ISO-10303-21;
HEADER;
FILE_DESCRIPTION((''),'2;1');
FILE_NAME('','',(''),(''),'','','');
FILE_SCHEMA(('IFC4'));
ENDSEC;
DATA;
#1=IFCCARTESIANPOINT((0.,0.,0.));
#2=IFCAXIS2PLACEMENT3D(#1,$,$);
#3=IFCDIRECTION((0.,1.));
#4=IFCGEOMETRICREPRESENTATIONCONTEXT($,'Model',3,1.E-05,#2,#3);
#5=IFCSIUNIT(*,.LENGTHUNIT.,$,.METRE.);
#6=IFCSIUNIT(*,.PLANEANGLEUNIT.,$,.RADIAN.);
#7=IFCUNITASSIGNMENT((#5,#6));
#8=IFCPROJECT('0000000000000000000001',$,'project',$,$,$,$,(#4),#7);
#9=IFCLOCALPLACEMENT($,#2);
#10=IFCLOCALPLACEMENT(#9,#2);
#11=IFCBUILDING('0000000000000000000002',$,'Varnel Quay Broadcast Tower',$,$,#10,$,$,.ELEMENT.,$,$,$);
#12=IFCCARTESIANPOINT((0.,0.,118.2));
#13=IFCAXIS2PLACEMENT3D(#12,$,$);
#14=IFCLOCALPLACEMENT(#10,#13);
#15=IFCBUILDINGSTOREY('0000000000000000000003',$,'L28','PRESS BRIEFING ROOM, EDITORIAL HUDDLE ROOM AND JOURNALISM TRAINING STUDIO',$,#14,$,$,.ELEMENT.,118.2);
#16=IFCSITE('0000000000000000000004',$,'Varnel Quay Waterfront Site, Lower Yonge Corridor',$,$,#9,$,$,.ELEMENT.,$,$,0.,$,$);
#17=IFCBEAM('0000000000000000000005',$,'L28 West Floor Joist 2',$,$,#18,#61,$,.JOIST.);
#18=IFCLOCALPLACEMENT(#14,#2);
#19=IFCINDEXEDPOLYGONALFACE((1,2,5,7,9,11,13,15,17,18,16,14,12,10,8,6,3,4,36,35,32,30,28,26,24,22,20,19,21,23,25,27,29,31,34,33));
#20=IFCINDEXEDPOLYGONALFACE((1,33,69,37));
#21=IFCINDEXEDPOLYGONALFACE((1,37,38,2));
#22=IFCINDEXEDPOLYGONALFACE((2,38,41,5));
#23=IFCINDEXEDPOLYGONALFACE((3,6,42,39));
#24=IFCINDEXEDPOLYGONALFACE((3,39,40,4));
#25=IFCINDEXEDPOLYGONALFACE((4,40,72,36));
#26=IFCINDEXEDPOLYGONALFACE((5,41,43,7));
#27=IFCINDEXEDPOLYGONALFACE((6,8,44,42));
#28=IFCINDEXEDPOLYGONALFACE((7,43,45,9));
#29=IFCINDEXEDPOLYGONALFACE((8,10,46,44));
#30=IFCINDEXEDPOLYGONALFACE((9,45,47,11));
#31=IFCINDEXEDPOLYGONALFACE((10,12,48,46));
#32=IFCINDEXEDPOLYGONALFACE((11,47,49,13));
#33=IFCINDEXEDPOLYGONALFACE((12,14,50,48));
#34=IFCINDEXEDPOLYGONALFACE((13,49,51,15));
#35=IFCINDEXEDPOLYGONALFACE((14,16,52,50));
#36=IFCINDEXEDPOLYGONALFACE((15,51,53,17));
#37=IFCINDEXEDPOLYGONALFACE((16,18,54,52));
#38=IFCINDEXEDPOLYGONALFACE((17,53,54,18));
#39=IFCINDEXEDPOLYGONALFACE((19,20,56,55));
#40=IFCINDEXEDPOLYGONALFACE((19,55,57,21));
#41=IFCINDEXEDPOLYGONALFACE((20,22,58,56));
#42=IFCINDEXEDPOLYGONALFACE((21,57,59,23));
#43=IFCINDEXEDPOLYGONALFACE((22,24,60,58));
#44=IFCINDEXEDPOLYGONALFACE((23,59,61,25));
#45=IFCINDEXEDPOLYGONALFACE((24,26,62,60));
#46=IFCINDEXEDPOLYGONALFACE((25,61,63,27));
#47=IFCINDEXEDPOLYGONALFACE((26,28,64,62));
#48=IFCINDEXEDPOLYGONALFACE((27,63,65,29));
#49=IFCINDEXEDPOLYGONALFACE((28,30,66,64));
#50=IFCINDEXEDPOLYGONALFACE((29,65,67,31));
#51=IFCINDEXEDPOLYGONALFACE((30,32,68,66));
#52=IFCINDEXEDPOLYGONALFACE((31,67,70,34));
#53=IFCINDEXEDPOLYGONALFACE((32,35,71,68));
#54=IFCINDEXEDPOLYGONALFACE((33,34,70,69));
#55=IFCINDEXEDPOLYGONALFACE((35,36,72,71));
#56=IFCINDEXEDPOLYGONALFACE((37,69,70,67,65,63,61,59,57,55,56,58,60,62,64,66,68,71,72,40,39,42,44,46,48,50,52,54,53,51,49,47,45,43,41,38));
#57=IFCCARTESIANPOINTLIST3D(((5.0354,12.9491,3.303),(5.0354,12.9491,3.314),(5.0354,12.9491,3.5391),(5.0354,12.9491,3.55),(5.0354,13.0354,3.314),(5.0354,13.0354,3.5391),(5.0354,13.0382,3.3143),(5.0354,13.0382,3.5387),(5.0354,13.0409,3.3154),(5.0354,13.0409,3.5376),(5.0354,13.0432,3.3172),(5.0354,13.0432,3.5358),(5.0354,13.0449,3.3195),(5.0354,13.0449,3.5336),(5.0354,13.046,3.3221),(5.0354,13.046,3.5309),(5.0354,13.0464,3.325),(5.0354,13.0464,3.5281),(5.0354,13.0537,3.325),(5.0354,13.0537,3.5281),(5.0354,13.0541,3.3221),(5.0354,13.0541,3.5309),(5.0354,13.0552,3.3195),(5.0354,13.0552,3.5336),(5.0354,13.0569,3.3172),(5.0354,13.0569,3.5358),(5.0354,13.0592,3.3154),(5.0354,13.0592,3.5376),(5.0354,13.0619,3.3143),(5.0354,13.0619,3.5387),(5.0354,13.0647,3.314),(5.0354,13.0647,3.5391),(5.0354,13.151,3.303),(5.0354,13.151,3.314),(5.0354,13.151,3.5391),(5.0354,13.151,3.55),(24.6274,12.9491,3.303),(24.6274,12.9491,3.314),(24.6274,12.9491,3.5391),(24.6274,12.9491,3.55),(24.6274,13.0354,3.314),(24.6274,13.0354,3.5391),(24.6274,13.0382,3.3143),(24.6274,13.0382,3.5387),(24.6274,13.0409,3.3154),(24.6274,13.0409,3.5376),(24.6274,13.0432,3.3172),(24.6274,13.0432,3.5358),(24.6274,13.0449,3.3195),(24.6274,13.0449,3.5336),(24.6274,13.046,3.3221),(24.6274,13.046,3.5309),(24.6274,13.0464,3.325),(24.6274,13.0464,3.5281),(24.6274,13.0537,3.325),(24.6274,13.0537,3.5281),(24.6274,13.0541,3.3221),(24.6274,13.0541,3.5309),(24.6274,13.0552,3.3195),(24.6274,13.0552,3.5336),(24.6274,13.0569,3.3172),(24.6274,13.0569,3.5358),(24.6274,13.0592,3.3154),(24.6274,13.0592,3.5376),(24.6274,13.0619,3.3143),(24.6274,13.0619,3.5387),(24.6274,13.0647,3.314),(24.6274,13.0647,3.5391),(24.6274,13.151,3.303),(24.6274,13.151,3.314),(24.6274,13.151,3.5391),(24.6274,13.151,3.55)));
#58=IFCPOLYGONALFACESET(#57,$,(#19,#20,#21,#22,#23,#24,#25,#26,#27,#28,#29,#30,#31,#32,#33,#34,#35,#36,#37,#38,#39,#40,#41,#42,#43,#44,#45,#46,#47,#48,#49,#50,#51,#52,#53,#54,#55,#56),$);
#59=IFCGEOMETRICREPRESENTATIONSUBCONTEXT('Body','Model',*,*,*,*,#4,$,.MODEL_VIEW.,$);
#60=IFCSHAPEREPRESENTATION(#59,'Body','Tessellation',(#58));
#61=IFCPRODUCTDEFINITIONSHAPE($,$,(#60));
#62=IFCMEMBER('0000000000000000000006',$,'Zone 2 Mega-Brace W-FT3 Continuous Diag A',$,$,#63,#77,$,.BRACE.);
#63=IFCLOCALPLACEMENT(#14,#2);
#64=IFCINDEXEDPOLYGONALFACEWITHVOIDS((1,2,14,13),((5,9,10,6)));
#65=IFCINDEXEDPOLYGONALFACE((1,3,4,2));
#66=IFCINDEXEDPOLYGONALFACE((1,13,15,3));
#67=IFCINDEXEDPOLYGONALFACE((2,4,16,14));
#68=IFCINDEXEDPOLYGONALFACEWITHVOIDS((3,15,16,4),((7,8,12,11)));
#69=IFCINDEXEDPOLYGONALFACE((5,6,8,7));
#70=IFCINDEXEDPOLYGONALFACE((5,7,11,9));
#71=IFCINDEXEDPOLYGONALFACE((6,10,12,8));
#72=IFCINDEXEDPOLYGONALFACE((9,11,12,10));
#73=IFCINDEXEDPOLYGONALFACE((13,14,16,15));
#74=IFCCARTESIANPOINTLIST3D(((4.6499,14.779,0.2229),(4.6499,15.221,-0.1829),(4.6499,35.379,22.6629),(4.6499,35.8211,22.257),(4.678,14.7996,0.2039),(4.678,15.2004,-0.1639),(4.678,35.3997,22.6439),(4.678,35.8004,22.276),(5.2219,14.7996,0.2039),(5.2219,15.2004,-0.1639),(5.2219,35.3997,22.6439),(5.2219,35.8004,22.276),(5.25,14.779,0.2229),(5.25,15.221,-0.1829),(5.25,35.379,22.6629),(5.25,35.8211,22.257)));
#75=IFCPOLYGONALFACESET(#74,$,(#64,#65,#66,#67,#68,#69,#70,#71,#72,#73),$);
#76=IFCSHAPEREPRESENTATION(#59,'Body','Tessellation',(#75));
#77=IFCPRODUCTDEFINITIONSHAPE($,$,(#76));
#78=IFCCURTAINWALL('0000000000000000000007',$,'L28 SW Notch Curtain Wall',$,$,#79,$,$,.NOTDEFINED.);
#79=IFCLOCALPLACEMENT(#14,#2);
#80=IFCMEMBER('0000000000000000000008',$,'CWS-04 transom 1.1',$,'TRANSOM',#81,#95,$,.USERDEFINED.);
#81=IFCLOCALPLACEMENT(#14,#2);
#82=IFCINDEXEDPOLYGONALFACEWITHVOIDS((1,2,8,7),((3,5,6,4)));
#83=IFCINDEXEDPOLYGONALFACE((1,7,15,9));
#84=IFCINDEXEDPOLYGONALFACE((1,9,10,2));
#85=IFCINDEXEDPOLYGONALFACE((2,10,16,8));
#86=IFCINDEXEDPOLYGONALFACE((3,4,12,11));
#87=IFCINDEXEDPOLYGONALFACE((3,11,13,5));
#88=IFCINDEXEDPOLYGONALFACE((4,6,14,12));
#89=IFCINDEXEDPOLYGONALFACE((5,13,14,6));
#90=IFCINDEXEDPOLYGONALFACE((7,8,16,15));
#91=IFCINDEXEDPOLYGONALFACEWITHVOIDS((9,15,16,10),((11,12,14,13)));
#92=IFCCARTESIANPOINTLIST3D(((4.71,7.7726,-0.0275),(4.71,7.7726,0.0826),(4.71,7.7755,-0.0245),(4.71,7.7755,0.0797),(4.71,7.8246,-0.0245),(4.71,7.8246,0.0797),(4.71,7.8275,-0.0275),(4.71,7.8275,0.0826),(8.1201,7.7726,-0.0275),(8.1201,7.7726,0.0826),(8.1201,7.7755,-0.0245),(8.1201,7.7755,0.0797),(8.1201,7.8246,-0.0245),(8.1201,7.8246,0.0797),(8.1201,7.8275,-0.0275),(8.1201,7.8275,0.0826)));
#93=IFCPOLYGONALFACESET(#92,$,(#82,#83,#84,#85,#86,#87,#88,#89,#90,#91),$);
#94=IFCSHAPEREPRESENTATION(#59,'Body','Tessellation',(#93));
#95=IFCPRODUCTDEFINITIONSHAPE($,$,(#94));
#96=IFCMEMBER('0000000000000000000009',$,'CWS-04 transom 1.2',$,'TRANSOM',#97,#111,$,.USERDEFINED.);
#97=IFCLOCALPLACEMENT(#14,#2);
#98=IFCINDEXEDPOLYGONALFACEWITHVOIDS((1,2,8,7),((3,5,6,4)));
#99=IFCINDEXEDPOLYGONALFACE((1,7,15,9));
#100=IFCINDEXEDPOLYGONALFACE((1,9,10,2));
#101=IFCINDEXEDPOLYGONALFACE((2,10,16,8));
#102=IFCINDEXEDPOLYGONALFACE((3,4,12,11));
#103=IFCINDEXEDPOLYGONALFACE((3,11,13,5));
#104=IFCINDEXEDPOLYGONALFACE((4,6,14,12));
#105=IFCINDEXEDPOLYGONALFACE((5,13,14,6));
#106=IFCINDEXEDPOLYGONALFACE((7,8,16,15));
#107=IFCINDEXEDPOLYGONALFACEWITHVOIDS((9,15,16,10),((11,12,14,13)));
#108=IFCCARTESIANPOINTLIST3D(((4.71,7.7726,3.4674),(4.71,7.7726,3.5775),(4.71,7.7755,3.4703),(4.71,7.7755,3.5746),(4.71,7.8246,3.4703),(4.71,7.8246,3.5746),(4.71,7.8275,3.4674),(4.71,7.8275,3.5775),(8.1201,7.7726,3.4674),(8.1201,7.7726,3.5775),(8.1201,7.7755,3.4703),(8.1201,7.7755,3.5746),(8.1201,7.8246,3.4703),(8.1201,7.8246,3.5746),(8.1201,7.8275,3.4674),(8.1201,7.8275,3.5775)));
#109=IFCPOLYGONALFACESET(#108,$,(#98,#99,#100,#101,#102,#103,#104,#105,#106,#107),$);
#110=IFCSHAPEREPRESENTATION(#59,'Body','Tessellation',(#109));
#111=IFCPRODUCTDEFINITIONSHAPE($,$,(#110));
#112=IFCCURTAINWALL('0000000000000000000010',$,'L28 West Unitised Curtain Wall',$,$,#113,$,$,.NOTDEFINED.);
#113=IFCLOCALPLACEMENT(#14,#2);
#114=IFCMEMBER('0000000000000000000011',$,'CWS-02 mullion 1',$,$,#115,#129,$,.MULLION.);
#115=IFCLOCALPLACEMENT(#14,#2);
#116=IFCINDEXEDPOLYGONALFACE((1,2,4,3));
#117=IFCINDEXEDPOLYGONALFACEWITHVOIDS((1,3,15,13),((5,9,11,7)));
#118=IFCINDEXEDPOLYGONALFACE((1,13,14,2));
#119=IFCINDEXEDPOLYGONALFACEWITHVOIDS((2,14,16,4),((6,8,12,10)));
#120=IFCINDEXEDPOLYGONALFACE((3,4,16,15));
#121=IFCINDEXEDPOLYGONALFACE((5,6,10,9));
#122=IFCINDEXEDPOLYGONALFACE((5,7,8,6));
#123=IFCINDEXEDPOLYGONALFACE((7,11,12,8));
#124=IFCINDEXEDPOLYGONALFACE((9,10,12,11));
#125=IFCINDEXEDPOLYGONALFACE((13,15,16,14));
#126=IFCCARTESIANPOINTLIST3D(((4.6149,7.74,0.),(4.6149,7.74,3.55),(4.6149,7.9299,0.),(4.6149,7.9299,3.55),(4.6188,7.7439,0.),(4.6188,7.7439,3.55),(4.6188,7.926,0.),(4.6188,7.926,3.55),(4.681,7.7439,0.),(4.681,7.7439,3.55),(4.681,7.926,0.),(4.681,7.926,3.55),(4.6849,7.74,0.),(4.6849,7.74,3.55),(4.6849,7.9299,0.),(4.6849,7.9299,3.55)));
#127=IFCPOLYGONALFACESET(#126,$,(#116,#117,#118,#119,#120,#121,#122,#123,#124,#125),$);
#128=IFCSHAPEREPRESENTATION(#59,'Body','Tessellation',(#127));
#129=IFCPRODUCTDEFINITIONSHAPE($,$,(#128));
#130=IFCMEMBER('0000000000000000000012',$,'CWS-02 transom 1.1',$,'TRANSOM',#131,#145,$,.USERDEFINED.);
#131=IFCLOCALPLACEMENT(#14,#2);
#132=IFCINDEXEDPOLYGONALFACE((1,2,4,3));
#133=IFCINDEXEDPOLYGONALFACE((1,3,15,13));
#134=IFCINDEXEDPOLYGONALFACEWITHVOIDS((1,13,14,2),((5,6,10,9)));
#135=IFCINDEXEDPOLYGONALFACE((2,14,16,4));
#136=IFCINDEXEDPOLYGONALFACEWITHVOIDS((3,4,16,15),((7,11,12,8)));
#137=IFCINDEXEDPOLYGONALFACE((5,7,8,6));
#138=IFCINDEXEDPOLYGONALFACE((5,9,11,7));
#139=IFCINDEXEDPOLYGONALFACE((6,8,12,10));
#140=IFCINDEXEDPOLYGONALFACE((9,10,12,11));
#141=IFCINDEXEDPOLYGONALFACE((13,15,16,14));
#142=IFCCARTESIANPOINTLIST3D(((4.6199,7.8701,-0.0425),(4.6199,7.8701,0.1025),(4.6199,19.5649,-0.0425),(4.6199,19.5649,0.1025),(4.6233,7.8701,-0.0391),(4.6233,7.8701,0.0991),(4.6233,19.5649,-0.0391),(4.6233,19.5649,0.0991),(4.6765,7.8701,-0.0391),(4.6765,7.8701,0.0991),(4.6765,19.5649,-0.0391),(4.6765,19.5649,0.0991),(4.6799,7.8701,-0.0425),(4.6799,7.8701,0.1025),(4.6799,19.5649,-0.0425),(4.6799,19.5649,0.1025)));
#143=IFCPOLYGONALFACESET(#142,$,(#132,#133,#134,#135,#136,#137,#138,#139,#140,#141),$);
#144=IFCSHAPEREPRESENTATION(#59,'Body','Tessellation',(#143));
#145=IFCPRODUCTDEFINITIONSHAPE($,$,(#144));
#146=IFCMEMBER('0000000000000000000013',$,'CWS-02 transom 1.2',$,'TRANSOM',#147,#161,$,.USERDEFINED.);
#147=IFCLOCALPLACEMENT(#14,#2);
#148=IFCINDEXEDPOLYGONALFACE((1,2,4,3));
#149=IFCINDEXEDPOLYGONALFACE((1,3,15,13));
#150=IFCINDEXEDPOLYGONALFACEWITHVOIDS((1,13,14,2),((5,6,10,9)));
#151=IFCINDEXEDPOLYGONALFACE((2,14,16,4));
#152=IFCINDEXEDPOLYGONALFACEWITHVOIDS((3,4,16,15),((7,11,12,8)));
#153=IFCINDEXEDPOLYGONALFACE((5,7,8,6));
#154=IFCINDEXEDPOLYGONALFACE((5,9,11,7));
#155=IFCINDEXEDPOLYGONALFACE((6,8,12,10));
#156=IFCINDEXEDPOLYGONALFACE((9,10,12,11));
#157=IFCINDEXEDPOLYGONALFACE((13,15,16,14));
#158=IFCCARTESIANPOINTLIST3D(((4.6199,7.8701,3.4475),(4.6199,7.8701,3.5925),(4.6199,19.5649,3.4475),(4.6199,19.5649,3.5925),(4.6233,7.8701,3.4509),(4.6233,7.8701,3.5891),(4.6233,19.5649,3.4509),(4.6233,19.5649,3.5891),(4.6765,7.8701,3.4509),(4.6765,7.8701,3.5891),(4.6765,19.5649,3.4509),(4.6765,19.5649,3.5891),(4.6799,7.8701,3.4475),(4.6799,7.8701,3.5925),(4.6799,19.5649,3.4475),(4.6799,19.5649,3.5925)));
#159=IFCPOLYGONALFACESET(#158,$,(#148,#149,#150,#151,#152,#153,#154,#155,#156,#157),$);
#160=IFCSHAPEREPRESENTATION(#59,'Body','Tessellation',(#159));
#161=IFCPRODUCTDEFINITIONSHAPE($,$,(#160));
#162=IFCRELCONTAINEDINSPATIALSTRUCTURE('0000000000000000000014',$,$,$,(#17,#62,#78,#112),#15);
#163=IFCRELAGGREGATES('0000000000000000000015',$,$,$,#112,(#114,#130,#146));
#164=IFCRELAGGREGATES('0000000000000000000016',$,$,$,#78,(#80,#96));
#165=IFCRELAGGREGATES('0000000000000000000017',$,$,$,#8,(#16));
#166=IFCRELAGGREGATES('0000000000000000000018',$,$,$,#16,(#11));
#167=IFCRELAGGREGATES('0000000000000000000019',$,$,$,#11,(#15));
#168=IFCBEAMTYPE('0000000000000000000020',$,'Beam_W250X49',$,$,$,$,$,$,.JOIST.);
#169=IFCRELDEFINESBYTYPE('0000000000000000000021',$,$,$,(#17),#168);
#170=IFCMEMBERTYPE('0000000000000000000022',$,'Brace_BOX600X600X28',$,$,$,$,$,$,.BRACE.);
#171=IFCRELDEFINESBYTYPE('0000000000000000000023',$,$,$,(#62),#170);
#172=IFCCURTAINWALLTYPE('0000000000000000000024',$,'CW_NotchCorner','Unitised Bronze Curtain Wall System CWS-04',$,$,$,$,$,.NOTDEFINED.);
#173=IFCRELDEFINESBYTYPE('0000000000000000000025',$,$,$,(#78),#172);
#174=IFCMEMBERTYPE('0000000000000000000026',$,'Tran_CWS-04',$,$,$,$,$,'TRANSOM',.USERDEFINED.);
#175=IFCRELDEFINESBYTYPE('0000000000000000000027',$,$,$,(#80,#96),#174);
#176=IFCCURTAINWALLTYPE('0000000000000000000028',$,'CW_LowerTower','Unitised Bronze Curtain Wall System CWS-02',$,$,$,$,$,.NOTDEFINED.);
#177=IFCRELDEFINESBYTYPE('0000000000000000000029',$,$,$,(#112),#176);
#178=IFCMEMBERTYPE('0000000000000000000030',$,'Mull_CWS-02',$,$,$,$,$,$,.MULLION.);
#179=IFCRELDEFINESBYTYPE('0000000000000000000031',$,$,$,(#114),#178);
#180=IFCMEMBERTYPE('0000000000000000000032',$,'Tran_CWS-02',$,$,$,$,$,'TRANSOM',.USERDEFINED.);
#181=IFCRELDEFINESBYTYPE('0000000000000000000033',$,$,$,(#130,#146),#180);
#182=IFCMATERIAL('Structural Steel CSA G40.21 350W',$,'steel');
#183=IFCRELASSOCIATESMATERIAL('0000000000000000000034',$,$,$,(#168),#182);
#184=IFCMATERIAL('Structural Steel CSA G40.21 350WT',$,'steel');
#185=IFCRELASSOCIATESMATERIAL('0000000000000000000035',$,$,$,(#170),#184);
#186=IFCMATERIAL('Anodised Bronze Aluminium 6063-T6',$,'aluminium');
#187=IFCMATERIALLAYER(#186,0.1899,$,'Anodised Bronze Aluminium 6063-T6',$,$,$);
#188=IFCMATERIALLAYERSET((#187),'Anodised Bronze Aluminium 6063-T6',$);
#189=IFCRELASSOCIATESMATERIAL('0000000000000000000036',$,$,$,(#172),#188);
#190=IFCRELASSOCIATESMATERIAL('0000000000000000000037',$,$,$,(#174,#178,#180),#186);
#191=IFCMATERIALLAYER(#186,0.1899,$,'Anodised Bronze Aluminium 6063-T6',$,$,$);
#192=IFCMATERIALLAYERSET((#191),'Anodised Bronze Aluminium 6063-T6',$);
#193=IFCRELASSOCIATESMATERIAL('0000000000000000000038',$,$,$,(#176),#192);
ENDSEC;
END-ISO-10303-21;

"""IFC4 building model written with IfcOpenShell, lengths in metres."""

from ifc_helpers import new_model, si_unit, direction, frame, origin, origin_2d, place, context, subcontext, project, spatial, hollow_rectangle, i_section, extrude, source, transform, mapped, material, layer, layer_set, material_profile, profile_set, type_object, type_shapes, element, aggregate, save


model = new_model("IFC4")

# Units and contexts
model_context = context("Model", 3, precision=1e-05, world=origin(), true_north=direction((0.0, 1.0)))
body_context = subcontext(model_context, "Body", "Model", "MODEL_VIEW")
ifc_project = project(units=[si_unit("LENGTHUNIT", "METRE"), si_unit("PLANEANGLEUNIT", "RADIAN")], contexts=[model_context])

# Site, building, storey
site_placement = place(None, origin())
site = spatial("IfcSite", under=ifc_project, at=site_placement, Name="Varnel Quay Waterfront Site, Lower Yonge Corridor", CompositionType="ELEMENT", RefElevation=0.0)
building_placement = place(site_placement, origin())
building = spatial("IfcBuilding", under=site, at=building_placement, Name="Varnel Quay Broadcast Tower", CompositionType="ELEMENT")
storey_placement = place(building_placement, frame((0.0, 0.0, 118.2)))
storey = spatial("IfcBuildingStorey", under=building, at=storey_placement, Name="L28", Description="PRESS BRIEFING ROOM, EDITORIAL HUDDLE ROOM AND JOURNALISM TRAINING STUDIO", CompositionType="ELEMENT", Elevation=118.2)

# Shared definitions
ifc_material_1 = material(Name="Structural Steel CSA G40.21 350W", Category="steel")

# Beam
ifc_material_profile_1 = material_profile(ifc_material_1, i_section(OverallWidth=0.2019, OverallDepth=0.2471, WebThickness=0.0073, FlangeThickness=0.011, FilletRadius=0.011, at=origin_2d()), Name="W250X49")
ifc_profile_set_1 = profile_set([ifc_material_profile_1], Name="Structural Steel CSA G40.21 350W")
beam_type_1 = type_object("IfcBeamType", Name="Beam_W250X49", PredefinedType="JOIST", material=ifc_profile_set_1)
shared_shape_1 = source(origin(), body_context, "Body", "SweptSolid", [
    extrude(i_section(OverallWidth=0.2019, OverallDepth=0.2471, WebThickness=0.0073, FlangeThickness=0.011, FilletRadius=0.011, at=origin_2d()), origin(), (0.0, 0.0, 1.0), 19.592),
])
type_shapes(beam_type_1, [shared_shape_1])
beam_1_placement = place(storey_placement, frame((5.0354, 13.05, 3.4265), z_axis=(1.0, 0.0, 0.0), x_axis=(0.0, 1.0, 0.0)))
element("IfcBeam", 1, at=beam_1_placement, inside=storey, type_object=beam_type_1, Name="L28 West Floor Joist 2", PredefinedType="JOIST", context=body_context, shape_type="MappedRepresentation", body=[
    mapped(shared_shape_1, transform((0.0, 0.0, 0.0), x_axis=(1.0, 0.0, 0.0), y_axis=(0.0, 1.0, 0.0), z_axis=(0.0, 0.0, 1.0), scale=1.0)),
])

# Member
ifc_material_2 = material(Name="Structural Steel CSA G40.21 350WT", Category="steel")
ifc_material_profile_2 = material_profile(ifc_material_2, hollow_rectangle(XDim=0.6001, YDim=0.6001, WallThickness=0.0281, at=origin_2d()), Name="BOX600X600X28")
ifc_profile_set_2 = profile_set([ifc_material_profile_2], Name="Structural Steel CSA G40.21 350WT")
member_type_1 = type_object("IfcMemberType", Name="Brace_BOX600X600X28", PredefinedType="BRACE", material=ifc_profile_set_2)
shared_shape_2 = source(origin(), body_context, "Body", "SweptSolid", [
    extrude(hollow_rectangle(XDim=0.6001, YDim=0.6001, WallThickness=0.0281, at=origin_2d()), origin(), (0.0, 0.0, 1.0), 30.4617),
])
type_shapes(member_type_1, [shared_shape_2])
member_1_placement = place(storey_placement, frame((4.95, 15.0, 0.02), z_axis=(0.0, 0.676262, 0.736661), x_axis=(-1.0, 0.0, 0.0)))
element("IfcMember", 2, at=member_1_placement, inside=storey, type_object=member_type_1, Name="Zone 2 Mega-Brace W-FT3 Continuous Diag A", PredefinedType="BRACE", context=body_context, shape_type="MappedRepresentation", body=[
    mapped(shared_shape_2, transform((0.0, 0.0, 0.0), x_axis=(1.0, 0.0, 0.0), y_axis=(0.0, 1.0, 0.0), z_axis=(0.0, 0.0, 1.0), scale=1.0)),
])

# Curtain walls, members
ifc_material_3 = material(Name="Anodised Bronze Aluminium 6063-T6", Category="aluminium")
ifc_layer_1 = layer(ifc_material_3, 0.1899, Name="Anodised Bronze Aluminium 6063-T6")
ifc_layer_set_1 = layer_set([ifc_layer_1], Name="Anodised Bronze Aluminium 6063-T6")
curtain_wall_type_1 = type_object("IfcCurtainWallType", Name="CW_NotchCorner", Description="Unitised Bronze Curtain Wall System CWS-04", PredefinedType="NOTDEFINED", material=ifc_layer_set_1)
curtain_wall_1_placement = place(storey_placement, origin())
curtain_wall_1 = element("IfcCurtainWall", 3, at=curtain_wall_1_placement, inside=storey, type_object=curtain_wall_type_1, Name="L28 SW Notch Curtain Wall", PredefinedType="NOTDEFINED")
ifc_material_profile_3 = material_profile(ifc_material_3, hollow_rectangle(XDim=0.0549, YDim=0.1101, WallThickness=0.0029, at=origin_2d()), Name="ALU55X110X3")
ifc_profile_set_3 = profile_set([ifc_material_profile_3], Name="Anodised Bronze Aluminium 6063-T6")
member_type_2 = type_object("IfcMemberType", Name="Tran_CWS-04", ElementType="TRANSOM", PredefinedType="USERDEFINED", material=ifc_profile_set_3)
shared_shape_3 = source(origin(), body_context, "Body", "SweptSolid", [
    extrude(hollow_rectangle(XDim=0.0549, YDim=0.1101, WallThickness=0.0029, at=origin_2d()), origin(), (0.0, 0.0, 1.0), 3.4102),
])
type_shapes(member_type_2, [shared_shape_3])
member_2_placement = place(storey_placement, frame((4.71, 7.8, 0.0276), z_axis=(1.0, 0.0, 0.0), x_axis=(0.0, 1.0, 0.0)))
member_2 = element("IfcMember", 4, at=member_2_placement, type_object=member_type_2, Name="CWS-04 transom 1.1", ObjectType="TRANSOM", PredefinedType="USERDEFINED", context=body_context, shape_type="MappedRepresentation", body=[
    mapped(shared_shape_3, transform((0.0, 0.0, 0.0), x_axis=(1.0, 0.0, 0.0), y_axis=(0.0, 1.0, 0.0), z_axis=(0.0, 0.0, 1.0), scale=1.0)),
])
member_3_placement = place(storey_placement, frame((4.71, 7.8, 3.5225), z_axis=(1.0, 0.0, 0.0), x_axis=(0.0, 1.0, 0.0)))
member_3 = element("IfcMember", 5, at=member_3_placement, type_object=member_type_2, Name="CWS-04 transom 1.2", ObjectType="TRANSOM", PredefinedType="USERDEFINED", context=body_context, shape_type="MappedRepresentation", body=[
    mapped(shared_shape_3, transform((0.0, 0.0, 0.0), x_axis=(1.0, 0.0, 0.0), y_axis=(0.0, 1.0, 0.0), z_axis=(0.0, 0.0, 1.0), scale=1.0)),
])
ifc_layer_2 = layer(ifc_material_3, 0.1899, Name="Anodised Bronze Aluminium 6063-T6")
ifc_layer_set_2 = layer_set([ifc_layer_2], Name="Anodised Bronze Aluminium 6063-T6")
curtain_wall_type_2 = type_object("IfcCurtainWallType", Name="CW_LowerTower", Description="Unitised Bronze Curtain Wall System CWS-02", PredefinedType="NOTDEFINED", material=ifc_layer_set_2)
curtain_wall_2_placement = place(storey_placement, origin())
curtain_wall_2 = element("IfcCurtainWall", 6, at=curtain_wall_2_placement, inside=storey, type_object=curtain_wall_type_2, Name="L28 West Unitised Curtain Wall", PredefinedType="NOTDEFINED")
ifc_material_profile_4 = material_profile(ifc_material_3, hollow_rectangle(XDim=0.0701, YDim=0.1899, WallThickness=0.0039, at=origin_2d()), Name="ALU70X190X4")
ifc_profile_set_4 = profile_set([ifc_material_profile_4], Name="Anodised Bronze Aluminium 6063-T6")
member_type_3 = type_object("IfcMemberType", Name="Mull_CWS-02", PredefinedType="MULLION", material=ifc_profile_set_4)
shared_shape_4 = source(origin(), body_context, "Body", "SweptSolid", [
    extrude(hollow_rectangle(XDim=0.0701, YDim=0.1899, WallThickness=0.0039, at=origin_2d()), origin(), (0.0, 0.0, 1.0), 3.55),
])
type_shapes(member_type_3, [shared_shape_4])
member_4_placement = place(storey_placement, frame((4.6499, 7.835, 0.0), z_axis=(0.0, 0.0, 1.0), x_axis=(-1.0, 0.0, 0.0)))
member_4 = element("IfcMember", 7, at=member_4_placement, type_object=member_type_3, Name="CWS-02 mullion 1", PredefinedType="MULLION", context=body_context, shape_type="MappedRepresentation", body=[
    mapped(shared_shape_4, transform((0.0, 0.0, 0.0), x_axis=(1.0, 0.0, 0.0), y_axis=(0.0, 1.0, 0.0), z_axis=(0.0, 0.0, 1.0), scale=1.0)),
])
ifc_material_profile_5 = material_profile(ifc_material_3, hollow_rectangle(XDim=0.0601, YDim=0.145, WallThickness=0.0034, at=origin_2d()), Name="ALU60X145X3.5")
ifc_profile_set_5 = profile_set([ifc_material_profile_5], Name="Anodised Bronze Aluminium 6063-T6")
member_type_4 = type_object("IfcMemberType", Name="Tran_CWS-02", ElementType="TRANSOM", PredefinedType="USERDEFINED", material=ifc_profile_set_5)
shared_shape_5 = source(origin(), body_context, "Body", "SweptSolid", [
    extrude(hollow_rectangle(XDim=0.0601, YDim=0.145, WallThickness=0.0034, at=origin_2d()), origin(), (0.0, 0.0, 1.0), 11.6948),
])
type_shapes(member_type_4, [shared_shape_5])
member_5_placement = place(storey_placement, frame((4.6499, 7.8701, 0.03), z_axis=(0.0, 1.0, 0.0), x_axis=(-1.0, 0.0, 0.0)))
member_5 = element("IfcMember", 8, at=member_5_placement, type_object=member_type_4, Name="CWS-02 transom 1.1", ObjectType="TRANSOM", PredefinedType="USERDEFINED", context=body_context, shape_type="MappedRepresentation", body=[
    mapped(shared_shape_5, transform((0.0, 0.0, 0.0), x_axis=(1.0, 0.0, 0.0), y_axis=(0.0, 1.0, 0.0), z_axis=(0.0, 0.0, 1.0), scale=1.0)),
])
member_6_placement = place(storey_placement, frame((4.6499, 7.8701, 3.52), z_axis=(0.0, 1.0, 0.0), x_axis=(-1.0, 0.0, 0.0)))
member_6 = element("IfcMember", 9, at=member_6_placement, type_object=member_type_4, Name="CWS-02 transom 1.2", ObjectType="TRANSOM", PredefinedType="USERDEFINED", context=body_context, shape_type="MappedRepresentation", body=[
    mapped(shared_shape_5, transform((0.0, 0.0, 0.0), x_axis=(1.0, 0.0, 0.0), y_axis=(0.0, 1.0, 0.0), z_axis=(0.0, 0.0, 1.0), scale=1.0)),
])

aggregate(curtain_wall_2, [member_4, member_5, member_6])
aggregate(curtain_wall_1, [member_2, member_3])

save(model, "model.ifc")
